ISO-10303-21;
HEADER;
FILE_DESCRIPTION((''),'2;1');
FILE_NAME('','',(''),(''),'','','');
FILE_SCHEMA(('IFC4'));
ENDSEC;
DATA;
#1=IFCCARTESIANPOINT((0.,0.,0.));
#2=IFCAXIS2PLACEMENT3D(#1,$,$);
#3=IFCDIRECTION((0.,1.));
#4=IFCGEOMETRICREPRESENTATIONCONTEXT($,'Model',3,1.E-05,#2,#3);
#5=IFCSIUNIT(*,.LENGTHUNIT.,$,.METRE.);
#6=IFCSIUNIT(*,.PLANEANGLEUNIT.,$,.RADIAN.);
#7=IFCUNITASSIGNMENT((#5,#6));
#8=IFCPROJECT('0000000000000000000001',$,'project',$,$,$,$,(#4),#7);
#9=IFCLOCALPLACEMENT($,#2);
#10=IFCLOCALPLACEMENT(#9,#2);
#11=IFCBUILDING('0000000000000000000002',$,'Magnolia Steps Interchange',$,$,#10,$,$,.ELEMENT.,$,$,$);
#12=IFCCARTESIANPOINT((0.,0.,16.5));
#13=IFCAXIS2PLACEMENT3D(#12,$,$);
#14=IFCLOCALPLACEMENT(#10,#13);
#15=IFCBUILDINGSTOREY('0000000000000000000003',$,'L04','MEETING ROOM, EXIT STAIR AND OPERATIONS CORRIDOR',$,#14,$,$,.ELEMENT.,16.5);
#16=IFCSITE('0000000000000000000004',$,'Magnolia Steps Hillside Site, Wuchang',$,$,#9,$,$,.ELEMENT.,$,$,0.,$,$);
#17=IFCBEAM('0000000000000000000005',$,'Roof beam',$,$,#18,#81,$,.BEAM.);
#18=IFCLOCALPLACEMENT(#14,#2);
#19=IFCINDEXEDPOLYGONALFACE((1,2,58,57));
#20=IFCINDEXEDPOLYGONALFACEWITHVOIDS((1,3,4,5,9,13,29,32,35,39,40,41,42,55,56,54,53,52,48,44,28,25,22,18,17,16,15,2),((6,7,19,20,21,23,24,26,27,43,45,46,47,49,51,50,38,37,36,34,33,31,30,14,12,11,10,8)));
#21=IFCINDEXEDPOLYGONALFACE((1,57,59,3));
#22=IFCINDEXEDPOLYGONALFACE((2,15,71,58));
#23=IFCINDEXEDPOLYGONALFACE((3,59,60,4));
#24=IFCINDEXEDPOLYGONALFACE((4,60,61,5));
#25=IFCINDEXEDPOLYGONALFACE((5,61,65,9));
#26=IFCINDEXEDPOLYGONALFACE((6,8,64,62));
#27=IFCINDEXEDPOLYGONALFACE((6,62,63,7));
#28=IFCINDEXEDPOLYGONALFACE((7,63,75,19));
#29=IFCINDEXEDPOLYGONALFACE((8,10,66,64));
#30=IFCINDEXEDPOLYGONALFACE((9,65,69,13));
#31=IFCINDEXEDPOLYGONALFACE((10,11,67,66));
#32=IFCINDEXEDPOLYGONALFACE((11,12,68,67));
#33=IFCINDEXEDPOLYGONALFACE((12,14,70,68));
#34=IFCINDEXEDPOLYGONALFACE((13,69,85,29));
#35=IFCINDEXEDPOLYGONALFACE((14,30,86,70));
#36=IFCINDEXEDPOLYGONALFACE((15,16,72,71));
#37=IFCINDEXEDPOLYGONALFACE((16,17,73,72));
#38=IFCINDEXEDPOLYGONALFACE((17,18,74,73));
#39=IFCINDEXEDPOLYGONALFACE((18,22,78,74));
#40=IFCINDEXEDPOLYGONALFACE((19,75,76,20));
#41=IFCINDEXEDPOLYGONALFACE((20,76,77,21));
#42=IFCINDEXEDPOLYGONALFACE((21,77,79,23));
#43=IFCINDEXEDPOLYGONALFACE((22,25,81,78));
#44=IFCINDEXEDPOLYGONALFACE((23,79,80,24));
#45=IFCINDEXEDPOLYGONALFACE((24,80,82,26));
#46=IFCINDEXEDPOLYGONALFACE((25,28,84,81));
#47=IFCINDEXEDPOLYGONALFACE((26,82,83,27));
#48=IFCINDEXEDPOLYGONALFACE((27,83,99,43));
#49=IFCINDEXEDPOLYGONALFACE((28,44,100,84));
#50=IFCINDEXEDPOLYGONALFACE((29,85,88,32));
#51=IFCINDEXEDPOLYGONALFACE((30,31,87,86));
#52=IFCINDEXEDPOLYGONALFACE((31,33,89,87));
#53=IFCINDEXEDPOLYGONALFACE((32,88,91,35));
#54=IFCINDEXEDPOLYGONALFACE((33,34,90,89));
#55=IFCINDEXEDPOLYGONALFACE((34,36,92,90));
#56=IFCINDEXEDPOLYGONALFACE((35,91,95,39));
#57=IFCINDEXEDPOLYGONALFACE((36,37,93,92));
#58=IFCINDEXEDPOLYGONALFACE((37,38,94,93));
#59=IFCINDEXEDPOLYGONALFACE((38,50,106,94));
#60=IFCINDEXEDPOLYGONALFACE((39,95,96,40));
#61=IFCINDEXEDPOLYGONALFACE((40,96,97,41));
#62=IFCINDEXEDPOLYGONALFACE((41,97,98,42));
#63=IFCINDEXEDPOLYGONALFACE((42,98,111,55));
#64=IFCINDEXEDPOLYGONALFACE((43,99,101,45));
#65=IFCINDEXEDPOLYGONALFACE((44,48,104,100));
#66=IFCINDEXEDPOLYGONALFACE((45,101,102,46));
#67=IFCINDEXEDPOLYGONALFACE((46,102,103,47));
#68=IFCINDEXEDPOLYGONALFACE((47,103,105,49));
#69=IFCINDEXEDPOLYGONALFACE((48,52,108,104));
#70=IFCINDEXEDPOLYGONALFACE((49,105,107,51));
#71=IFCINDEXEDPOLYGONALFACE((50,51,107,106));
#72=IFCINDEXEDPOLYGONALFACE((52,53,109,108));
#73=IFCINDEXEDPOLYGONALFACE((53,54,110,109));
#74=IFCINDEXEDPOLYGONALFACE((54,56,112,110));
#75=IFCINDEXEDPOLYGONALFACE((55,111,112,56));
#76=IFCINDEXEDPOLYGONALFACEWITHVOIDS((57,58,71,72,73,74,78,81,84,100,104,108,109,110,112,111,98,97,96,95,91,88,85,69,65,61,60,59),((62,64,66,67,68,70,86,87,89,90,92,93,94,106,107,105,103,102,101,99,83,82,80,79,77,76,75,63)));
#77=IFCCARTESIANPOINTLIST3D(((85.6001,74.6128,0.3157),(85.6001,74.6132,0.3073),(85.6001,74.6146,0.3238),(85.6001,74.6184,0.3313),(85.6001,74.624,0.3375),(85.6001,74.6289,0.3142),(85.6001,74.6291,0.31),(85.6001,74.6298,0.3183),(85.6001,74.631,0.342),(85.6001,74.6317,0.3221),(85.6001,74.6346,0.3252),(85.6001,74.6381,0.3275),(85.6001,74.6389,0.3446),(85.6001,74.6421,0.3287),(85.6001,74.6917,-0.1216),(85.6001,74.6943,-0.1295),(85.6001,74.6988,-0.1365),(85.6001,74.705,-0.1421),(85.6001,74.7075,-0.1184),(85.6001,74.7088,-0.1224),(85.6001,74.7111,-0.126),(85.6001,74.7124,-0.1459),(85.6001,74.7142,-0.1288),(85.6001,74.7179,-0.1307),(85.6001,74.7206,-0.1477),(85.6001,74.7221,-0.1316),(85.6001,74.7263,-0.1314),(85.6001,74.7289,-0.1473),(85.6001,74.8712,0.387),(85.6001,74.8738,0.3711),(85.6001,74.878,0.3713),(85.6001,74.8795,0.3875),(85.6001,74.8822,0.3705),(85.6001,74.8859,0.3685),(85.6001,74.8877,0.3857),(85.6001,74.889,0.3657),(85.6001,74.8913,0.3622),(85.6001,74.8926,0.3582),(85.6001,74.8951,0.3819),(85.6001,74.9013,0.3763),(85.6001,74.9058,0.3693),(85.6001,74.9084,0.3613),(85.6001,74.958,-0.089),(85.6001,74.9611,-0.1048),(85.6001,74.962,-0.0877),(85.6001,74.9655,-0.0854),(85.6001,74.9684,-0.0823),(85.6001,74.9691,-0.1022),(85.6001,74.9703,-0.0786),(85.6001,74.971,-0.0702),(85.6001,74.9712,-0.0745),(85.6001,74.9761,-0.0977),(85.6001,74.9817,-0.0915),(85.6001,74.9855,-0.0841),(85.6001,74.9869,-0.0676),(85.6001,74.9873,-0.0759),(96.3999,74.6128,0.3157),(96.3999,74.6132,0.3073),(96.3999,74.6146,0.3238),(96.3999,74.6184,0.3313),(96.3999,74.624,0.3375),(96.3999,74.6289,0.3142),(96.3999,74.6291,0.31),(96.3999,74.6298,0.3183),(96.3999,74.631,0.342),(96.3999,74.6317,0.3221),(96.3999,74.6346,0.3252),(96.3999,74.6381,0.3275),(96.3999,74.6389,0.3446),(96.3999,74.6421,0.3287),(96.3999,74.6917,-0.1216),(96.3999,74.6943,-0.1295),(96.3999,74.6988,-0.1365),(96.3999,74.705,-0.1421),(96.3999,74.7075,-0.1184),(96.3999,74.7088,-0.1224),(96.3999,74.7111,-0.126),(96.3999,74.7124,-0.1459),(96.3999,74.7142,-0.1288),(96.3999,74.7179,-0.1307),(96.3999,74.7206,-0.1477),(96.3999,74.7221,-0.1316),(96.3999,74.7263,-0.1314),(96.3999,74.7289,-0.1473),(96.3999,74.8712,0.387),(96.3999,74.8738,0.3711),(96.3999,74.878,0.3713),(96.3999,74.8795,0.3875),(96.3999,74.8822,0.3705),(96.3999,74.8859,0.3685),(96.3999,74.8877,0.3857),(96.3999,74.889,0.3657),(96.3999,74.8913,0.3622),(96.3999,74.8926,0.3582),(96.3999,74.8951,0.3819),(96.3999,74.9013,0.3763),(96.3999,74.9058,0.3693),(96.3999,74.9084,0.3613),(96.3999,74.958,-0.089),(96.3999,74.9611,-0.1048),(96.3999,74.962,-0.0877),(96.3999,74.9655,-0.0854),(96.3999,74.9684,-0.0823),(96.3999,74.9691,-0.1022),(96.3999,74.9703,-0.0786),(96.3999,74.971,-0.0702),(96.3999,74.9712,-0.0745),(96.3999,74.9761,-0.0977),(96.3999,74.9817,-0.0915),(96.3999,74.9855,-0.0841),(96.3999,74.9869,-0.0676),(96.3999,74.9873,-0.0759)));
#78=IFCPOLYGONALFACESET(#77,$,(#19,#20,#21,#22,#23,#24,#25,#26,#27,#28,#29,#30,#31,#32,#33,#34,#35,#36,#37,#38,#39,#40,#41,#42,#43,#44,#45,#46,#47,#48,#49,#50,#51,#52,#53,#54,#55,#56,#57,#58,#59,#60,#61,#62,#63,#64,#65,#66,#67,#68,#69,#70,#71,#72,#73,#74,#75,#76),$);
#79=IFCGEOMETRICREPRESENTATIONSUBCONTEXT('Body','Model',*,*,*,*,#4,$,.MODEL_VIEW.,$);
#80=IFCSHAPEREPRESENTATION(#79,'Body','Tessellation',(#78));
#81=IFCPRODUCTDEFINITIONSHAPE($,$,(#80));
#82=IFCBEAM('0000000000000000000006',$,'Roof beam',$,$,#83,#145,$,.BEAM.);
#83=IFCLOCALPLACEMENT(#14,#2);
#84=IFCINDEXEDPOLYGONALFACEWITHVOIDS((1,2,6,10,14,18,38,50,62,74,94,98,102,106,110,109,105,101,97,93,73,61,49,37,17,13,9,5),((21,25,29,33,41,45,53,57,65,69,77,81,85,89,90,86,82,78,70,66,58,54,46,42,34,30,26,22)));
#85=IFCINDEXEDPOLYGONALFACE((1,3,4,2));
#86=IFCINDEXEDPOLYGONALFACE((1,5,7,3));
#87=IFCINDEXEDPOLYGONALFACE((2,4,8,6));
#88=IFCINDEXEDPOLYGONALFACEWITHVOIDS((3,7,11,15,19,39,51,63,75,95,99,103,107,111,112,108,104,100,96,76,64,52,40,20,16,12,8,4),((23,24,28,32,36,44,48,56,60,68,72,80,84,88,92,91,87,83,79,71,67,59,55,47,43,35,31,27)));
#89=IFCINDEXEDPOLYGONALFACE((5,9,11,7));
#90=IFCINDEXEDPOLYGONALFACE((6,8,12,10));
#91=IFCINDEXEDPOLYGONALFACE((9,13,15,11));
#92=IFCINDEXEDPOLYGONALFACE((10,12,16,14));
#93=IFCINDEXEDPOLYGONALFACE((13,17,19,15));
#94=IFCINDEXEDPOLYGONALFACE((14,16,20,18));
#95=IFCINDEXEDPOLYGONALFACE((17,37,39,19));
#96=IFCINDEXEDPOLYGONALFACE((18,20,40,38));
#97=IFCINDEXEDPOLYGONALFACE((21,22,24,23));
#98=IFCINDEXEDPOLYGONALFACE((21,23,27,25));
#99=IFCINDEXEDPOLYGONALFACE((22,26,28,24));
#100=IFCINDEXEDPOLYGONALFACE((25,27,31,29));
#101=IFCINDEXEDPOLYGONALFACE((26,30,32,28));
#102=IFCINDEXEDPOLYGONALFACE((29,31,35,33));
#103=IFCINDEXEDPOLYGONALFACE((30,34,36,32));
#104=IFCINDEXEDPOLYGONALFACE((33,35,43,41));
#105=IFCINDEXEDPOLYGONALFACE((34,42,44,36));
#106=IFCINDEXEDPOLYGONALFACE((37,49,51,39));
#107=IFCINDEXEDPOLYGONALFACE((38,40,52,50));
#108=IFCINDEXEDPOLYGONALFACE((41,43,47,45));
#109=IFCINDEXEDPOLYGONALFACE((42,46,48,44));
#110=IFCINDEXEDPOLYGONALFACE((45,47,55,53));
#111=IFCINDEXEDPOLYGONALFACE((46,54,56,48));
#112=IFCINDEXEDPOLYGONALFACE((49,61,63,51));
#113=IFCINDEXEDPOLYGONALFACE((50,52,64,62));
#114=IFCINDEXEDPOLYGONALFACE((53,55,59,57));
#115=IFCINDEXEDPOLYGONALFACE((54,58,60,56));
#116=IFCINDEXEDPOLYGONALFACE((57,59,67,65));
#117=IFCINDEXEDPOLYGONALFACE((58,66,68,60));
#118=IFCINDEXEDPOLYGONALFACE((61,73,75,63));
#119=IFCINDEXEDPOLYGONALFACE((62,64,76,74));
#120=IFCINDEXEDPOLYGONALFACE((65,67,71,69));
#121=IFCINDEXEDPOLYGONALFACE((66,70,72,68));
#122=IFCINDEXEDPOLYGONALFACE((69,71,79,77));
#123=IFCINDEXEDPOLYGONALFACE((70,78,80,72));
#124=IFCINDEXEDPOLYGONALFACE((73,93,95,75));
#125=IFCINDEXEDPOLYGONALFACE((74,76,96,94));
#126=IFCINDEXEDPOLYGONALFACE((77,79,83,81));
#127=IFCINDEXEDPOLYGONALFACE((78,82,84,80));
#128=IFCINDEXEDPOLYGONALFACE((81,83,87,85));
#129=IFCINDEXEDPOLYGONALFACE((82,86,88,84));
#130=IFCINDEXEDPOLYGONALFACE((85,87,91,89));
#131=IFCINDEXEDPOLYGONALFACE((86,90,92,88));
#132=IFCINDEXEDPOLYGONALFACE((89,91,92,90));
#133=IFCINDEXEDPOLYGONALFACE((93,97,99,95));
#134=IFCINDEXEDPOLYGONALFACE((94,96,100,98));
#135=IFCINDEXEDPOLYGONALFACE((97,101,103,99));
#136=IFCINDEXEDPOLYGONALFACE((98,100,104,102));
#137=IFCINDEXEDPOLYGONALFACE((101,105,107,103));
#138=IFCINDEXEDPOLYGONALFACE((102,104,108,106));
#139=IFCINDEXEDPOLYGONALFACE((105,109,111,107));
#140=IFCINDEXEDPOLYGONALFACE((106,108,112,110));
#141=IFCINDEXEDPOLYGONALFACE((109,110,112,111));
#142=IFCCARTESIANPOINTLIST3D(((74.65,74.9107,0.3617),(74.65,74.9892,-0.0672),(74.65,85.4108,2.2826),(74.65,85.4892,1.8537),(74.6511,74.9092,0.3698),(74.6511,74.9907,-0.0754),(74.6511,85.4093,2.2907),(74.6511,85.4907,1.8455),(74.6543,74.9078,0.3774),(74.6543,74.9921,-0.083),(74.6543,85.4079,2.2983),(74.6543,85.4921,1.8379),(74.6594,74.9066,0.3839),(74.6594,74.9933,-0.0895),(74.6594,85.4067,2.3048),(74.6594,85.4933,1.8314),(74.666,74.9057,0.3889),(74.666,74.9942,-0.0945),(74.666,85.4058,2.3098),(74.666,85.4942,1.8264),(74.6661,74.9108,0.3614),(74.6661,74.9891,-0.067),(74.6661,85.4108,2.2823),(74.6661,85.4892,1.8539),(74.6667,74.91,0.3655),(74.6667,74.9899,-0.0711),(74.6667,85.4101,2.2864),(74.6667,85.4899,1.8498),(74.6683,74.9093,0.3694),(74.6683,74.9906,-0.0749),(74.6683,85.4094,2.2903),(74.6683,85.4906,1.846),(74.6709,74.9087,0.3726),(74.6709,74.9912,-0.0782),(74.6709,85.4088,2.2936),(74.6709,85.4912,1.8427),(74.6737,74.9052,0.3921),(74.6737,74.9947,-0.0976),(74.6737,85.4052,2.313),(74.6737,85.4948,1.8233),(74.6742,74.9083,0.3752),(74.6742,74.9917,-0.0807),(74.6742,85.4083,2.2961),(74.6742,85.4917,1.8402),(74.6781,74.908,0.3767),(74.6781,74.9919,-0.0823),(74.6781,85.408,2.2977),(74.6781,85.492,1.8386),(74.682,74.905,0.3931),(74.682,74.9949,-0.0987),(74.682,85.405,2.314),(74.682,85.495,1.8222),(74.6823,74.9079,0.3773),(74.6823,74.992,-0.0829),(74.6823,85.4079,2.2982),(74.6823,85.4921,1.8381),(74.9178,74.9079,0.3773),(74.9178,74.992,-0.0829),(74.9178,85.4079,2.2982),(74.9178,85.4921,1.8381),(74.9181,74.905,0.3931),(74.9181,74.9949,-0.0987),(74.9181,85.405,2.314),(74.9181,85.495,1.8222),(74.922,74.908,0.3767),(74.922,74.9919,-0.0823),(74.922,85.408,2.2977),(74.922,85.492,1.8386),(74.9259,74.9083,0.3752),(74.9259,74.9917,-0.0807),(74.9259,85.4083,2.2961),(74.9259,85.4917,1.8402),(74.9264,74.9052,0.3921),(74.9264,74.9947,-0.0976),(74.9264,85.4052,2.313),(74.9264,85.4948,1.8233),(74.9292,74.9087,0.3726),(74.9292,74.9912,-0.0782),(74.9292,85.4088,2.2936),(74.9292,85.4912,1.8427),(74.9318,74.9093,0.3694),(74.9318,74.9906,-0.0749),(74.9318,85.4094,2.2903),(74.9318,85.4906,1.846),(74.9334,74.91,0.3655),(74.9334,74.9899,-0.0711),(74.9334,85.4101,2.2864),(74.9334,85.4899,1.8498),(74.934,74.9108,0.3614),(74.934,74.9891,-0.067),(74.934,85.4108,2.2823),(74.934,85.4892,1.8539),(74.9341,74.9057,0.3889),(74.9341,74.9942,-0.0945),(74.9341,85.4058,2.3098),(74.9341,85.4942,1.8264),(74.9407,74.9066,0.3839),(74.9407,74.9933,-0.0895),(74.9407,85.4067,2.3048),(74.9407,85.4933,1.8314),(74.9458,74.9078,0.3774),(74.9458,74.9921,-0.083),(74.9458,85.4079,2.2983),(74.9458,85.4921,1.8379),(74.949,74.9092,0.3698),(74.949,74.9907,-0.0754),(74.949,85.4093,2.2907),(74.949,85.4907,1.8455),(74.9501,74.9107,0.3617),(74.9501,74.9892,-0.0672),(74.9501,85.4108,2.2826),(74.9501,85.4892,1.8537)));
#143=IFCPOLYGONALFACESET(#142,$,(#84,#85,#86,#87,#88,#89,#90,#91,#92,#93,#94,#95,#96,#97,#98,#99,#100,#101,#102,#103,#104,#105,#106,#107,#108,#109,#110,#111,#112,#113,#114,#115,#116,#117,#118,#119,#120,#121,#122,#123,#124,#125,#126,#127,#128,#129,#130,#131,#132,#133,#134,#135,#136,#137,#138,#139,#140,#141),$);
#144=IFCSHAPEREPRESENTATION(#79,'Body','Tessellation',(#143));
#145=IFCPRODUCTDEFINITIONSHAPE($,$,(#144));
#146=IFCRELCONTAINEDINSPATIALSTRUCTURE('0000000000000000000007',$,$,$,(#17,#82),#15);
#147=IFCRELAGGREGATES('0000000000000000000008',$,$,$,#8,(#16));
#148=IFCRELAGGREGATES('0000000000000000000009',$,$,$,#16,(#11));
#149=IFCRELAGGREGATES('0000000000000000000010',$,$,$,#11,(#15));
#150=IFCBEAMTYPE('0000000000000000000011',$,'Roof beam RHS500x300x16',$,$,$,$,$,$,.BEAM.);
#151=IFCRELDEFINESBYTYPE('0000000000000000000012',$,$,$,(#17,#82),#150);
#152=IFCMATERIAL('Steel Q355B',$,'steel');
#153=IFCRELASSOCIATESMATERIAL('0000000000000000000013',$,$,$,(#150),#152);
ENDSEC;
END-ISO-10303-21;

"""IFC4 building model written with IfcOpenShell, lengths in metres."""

from ifc_helpers import new_model, si_unit, direction, frame, origin, origin_2d, place, context, subcontext, project, spatial, hollow_rectangle, extrude, material, material_profile, profile_set, type_object, element, save


model = new_model("IFC4")

# Units and contexts
model_context = context("Model", 3, precision=1e-05, world=origin(), true_north=direction((0.0, 1.0)))
body_context = subcontext(model_context, "Body", "Model", "MODEL_VIEW")
ifc_project = project(units=[si_unit("LENGTHUNIT", "METRE"), si_unit("PLANEANGLEUNIT", "RADIAN")], contexts=[model_context])

# Site, building, storey
site_placement = place(None, origin())
site = spatial("IfcSite", under=ifc_project, at=site_placement, Name="Magnolia Steps Hillside Site, Wuchang", CompositionType="ELEMENT", RefElevation=0.0)
building_placement = place(site_placement, origin())
building = spatial("IfcBuilding", under=site, at=building_placement, Name="Magnolia Steps Interchange", CompositionType="ELEMENT")
storey_placement = place(building_placement, frame((0.0, 0.0, 16.5)))
storey = spatial("IfcBuildingStorey", under=building, at=storey_placement, Name="L04", Description="MEETING ROOM, EXIT STAIR AND OPERATIONS CORRIDOR", CompositionType="ELEMENT", Elevation=16.5)

# Beams
ifc_material_1 = material(Name="Steel Q355B", Category="steel")
ifc_material_profile_1 = material_profile(ifc_material_1, hollow_rectangle(XDim=0.3, YDim=0.5, WallThickness=0.0161, InnerFilletRadius=0.0161, OuterFilletRadius=0.032, at=origin_2d()), Name="RHS500x300x16")
ifc_profile_set_1 = profile_set([ifc_material_profile_1], Name="Steel Q355B")
beam_type_1 = type_object("IfcBeamType", Name="Roof beam RHS500x300x16", PredefinedType="BEAM", material=ifc_profile_set_1)
beam_1_placement = place(storey_placement, frame((85.6001, 74.8, 0.1199), z_axis=(1.0, 0.0, 0.0), x_axis=(0.0, 0.983677, 0.179941)))
element("IfcBeam", 1, at=beam_1_placement, inside=storey, type_object=beam_type_1, Name="Roof beam", PredefinedType="BEAM", context=body_context, shape_type="SweptSolid", body=[
    extrude(hollow_rectangle(XDim=0.3, YDim=0.5, WallThickness=0.0161, InnerFilletRadius=0.0161, OuterFilletRadius=0.032, at=origin_2d()), origin(), (0.0, 0.0, 1.0), 10.7998),
])
for number, where, z_axis, x_axis, name in (
    (2, (74.8, 74.95, 0.1472), (0.0, 0.983675, 0.179956), (-1.0, 0.0, 0.0), "Roof beam"),
):
    element("IfcBeam", number, at=place(storey_placement, frame(where, z_axis=z_axis, x_axis=x_axis)), inside=storey, type_object=beam_type_1, Name=name, PredefinedType="BEAM", context=body_context, shape_type="SweptSolid", body=[
        extrude(hollow_rectangle(XDim=0.3, YDim=0.5, WallThickness=0.0161, InnerFilletRadius=0.0161, OuterFilletRadius=0.032, at=origin_2d()), origin(), (0.0, 0.0, 1.0), 10.6743),
    ])

save(model, "model.ifc")
